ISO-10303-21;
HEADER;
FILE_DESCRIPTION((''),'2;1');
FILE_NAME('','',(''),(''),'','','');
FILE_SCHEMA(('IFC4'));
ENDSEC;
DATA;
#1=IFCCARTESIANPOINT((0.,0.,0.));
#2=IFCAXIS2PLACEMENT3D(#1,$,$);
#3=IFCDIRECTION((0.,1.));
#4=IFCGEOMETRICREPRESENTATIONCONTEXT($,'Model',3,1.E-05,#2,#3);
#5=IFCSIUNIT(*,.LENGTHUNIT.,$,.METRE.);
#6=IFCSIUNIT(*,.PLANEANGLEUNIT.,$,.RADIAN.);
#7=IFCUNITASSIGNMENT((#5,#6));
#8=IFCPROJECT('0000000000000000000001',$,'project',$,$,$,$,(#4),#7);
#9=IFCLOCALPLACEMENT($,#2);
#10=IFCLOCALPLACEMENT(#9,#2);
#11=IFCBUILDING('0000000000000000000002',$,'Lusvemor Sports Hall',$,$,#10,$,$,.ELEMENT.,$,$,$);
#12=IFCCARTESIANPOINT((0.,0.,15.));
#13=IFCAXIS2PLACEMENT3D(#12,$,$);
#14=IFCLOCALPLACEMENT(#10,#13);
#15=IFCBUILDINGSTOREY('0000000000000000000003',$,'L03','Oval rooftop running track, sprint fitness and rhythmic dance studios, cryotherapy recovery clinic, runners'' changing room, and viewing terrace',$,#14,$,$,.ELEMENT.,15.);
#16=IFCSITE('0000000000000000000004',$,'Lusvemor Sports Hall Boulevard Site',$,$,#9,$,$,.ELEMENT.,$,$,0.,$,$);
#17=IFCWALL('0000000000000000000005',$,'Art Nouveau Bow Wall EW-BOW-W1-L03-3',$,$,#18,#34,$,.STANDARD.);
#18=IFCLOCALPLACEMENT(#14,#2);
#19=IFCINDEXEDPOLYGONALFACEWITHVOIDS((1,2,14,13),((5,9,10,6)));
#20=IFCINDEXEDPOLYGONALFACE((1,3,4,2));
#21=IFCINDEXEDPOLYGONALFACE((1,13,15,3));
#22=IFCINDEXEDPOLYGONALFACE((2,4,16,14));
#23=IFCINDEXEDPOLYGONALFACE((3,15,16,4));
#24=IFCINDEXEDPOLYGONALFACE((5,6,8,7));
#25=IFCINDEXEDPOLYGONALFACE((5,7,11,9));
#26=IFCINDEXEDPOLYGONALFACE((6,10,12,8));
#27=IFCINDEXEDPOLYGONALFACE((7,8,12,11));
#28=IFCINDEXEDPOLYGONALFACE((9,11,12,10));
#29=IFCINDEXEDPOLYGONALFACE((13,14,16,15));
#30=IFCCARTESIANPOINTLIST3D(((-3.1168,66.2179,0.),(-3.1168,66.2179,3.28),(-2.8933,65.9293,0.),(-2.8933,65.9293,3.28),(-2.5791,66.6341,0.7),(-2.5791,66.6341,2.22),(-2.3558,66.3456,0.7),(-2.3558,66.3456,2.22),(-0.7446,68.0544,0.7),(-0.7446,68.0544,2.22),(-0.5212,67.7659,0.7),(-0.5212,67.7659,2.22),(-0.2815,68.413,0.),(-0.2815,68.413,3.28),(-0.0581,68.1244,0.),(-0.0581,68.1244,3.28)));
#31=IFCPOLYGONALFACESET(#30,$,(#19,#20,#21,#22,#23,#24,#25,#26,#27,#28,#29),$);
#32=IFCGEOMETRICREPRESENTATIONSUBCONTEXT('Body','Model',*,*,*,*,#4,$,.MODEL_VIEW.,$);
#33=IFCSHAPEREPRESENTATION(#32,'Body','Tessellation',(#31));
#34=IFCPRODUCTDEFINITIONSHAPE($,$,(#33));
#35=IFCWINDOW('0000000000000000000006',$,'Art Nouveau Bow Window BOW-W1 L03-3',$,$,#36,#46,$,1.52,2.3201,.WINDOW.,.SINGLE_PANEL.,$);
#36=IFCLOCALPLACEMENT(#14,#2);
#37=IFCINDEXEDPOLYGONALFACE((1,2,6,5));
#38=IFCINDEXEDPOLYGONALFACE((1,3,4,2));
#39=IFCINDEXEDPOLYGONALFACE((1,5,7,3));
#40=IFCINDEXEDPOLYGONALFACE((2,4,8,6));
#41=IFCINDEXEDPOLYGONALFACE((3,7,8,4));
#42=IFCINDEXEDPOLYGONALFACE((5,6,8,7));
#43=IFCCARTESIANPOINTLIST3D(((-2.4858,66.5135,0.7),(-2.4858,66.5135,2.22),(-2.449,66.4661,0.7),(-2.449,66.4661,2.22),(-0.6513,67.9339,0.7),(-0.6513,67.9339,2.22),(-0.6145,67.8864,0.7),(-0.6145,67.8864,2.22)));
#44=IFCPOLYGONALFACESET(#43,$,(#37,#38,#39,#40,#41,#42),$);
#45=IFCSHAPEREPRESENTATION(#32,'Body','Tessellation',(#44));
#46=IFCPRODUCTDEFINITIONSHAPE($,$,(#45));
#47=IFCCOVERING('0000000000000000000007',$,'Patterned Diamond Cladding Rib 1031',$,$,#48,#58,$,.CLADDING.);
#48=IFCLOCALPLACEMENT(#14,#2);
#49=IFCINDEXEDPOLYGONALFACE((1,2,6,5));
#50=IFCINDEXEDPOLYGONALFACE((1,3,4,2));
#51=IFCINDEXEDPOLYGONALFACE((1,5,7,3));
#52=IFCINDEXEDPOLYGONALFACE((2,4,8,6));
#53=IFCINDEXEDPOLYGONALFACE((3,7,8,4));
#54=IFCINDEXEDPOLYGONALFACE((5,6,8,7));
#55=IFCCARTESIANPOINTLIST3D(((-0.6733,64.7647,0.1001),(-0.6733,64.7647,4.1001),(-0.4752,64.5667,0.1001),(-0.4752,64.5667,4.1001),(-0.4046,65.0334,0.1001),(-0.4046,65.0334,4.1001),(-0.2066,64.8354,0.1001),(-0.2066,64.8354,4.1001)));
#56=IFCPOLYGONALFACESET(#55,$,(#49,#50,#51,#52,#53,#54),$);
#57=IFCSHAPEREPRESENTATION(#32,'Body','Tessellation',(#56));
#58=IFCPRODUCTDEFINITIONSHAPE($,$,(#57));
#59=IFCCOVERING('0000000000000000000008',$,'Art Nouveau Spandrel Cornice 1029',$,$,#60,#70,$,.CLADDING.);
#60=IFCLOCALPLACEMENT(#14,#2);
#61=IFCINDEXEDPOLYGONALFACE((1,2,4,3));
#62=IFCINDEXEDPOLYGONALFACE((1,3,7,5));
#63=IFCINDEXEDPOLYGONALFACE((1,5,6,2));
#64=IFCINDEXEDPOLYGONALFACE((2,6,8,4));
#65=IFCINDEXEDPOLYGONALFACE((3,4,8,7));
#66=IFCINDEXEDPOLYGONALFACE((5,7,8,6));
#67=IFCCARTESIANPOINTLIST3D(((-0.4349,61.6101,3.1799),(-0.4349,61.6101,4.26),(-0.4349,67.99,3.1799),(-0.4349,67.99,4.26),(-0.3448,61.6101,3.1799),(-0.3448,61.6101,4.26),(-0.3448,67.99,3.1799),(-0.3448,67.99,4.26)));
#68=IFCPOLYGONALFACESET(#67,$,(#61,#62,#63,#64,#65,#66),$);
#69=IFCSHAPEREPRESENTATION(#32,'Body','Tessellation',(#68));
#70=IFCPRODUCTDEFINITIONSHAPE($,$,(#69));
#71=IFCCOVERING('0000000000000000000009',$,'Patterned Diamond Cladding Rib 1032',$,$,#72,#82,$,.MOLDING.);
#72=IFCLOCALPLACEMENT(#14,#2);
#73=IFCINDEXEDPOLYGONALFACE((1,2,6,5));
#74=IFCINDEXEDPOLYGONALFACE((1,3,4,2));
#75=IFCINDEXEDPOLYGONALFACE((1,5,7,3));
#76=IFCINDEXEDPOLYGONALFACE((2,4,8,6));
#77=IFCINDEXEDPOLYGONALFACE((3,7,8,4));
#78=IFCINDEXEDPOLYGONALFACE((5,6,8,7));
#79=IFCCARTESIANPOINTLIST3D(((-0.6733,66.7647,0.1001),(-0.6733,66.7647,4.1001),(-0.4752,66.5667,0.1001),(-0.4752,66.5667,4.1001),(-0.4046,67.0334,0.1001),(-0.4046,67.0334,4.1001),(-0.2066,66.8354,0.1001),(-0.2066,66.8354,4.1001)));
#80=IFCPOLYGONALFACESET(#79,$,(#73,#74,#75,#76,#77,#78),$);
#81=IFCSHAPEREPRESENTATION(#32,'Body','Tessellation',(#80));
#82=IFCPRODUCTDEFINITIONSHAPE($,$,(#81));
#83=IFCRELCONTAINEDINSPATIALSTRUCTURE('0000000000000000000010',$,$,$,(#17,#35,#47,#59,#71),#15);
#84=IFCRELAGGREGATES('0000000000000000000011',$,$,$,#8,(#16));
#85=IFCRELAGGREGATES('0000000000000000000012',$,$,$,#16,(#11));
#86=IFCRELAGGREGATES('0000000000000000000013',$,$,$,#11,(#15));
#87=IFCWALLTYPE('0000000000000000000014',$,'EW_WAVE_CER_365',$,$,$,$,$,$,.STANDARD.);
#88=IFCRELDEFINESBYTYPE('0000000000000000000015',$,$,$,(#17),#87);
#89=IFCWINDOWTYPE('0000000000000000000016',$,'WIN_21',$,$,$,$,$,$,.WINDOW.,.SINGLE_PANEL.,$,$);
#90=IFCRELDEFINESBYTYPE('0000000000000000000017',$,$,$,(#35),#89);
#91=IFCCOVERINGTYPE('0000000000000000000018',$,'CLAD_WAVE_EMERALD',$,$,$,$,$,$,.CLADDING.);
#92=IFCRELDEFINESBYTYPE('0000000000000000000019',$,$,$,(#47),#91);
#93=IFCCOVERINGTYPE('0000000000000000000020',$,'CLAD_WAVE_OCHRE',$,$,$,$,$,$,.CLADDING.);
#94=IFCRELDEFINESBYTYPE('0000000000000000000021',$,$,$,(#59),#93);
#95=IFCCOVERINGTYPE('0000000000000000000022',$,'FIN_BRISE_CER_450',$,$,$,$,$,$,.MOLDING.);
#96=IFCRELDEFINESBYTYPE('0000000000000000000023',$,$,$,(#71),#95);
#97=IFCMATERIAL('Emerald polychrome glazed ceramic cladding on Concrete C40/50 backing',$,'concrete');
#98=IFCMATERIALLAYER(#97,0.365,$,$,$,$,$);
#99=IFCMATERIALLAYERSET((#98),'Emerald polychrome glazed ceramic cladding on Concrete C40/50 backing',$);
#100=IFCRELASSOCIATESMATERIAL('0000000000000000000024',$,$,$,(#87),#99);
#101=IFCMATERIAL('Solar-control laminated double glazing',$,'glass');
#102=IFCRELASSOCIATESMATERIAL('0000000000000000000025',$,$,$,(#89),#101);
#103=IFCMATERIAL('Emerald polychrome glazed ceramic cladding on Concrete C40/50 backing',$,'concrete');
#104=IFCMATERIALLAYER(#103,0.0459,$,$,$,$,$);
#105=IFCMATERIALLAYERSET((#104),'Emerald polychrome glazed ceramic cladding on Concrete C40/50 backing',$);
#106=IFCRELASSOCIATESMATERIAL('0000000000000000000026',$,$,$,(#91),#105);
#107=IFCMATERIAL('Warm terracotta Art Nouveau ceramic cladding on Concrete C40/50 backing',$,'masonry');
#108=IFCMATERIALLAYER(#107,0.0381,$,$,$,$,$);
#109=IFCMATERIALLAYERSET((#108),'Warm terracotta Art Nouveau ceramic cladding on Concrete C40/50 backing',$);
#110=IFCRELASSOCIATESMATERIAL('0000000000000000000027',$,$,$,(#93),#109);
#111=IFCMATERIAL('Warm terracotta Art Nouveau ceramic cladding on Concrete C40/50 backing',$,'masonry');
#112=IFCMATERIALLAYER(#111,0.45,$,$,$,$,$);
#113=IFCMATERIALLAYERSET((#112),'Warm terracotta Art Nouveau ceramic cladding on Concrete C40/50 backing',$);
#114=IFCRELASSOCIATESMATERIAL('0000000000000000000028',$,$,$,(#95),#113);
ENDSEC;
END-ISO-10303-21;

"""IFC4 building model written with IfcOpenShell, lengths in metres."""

from ifc_helpers import new_model, si_unit, direction, frame, frame_2d, origin, origin_2d, place, context, subcontext, project, spatial, rectangle, extrude, material, layer, layer_set, type_object, element, fill, save


model = new_model("IFC4")

# Units and contexts
model_context = context("Model", 3, precision=1e-05, world=origin(), true_north=direction((0.0, 1.0)))
body_context = subcontext(model_context, "Body", "Model", "MODEL_VIEW")
ifc_project = project(units=[si_unit("LENGTHUNIT", "METRE"), si_unit("PLANEANGLEUNIT", "RADIAN")], contexts=[model_context])

# Site, building, storey
site_placement = place(None, origin())
site = spatial("IfcSite", under=ifc_project, at=site_placement, Name="Lusvemor Sports Hall Boulevard Site", CompositionType="ELEMENT", RefElevation=0.0)
building_placement = place(site_placement, origin())
building = spatial("IfcBuilding", under=site, at=building_placement, Name="Lusvemor Sports Hall", CompositionType="ELEMENT")
storey_placement = place(building_placement, frame((0.0, 0.0, 15.0)))
storey = spatial("IfcBuildingStorey", under=building, at=storey_placement, Name="L03", Description="Oval rooftop running track, sprint fitness and rhythmic dance studios, cryotherapy recovery clinic, runners' changing room, and viewing terrace", CompositionType="ELEMENT", Elevation=15.0)

# Wall, opening, window
ifc_material_1 = material(Name="Emerald polychrome glazed ceramic cladding on Concrete C40/50 backing", Category="concrete")
ifc_layer_1 = layer(ifc_material_1, 0.365)
ifc_layer_set_1 = layer_set([ifc_layer_1], Name="Emerald polychrome glazed ceramic cladding on Concrete C40/50 backing")
wall_type = type_object("IfcWallType", Name="EW_WAVE_CER_365", PredefinedType="STANDARD", material=ifc_layer_set_1)
wall_placement = place(storey_placement, frame((-3.0051, 66.0735, 0.0), z_axis=(0.0, 0.0, 1.0), x_axis=(0.790714, 0.612186, 0.0)))
wall = element("IfcWall", 1, at=wall_placement, inside=storey, type_object=wall_type, Name="Art Nouveau Bow Wall EW-BOW-W1-L03-3", PredefinedType="STANDARD", context=body_context, shape_type="SweptSolid", body=[
    extrude(rectangle(XDim=3.5857, YDim=0.365, at=frame_2d((1.793, 0.0))), origin(), (0.0, 0.0, 1.0), 3.28),
])
opening_placement = place(wall_placement, frame((0.6799, 0.0, 0.7)))
opening = element("IfcOpeningElement", 2, at=opening_placement, cuts=wall, PredefinedType="OPENING", context=body_context, shape_type="SweptSolid", body=[
    extrude(rectangle(XDim=2.3201, YDim=1.52, at=frame_2d((1.1602, 0.76))), frame((0.0, 0.1826, 0.0), z_axis=(0.0, -1.0, 0.0), x_axis=(1.0, 0.0, 0.0)), (0.0, 0.0, 1.0), 0.365),
])
ifc_material_2 = material(Name="Solar-control laminated double glazing", Category="glass")
window_type = type_object("IfcWindowType", Name="WIN_21", PartitioningType="SINGLE_PANEL", PredefinedType="WINDOW", material=ifc_material_2)
window_placement = place(opening_placement, origin())
window = element("IfcWindow", 3, at=window_placement, inside=storey, type_object=window_type, Name="Art Nouveau Bow Window BOW-W1 L03-3", OverallHeight=1.52, OverallWidth=2.3201, PartitioningType="SINGLE_PANEL", PredefinedType="WINDOW", context=body_context, shape_type="SweptSolid", body=[
    extrude(rectangle(XDim=2.3201, YDim=1.52, at=frame_2d((1.1602, 0.76))), frame((0.0, 0.03, 0.0), z_axis=(0.0, -1.0, 0.0), x_axis=(1.0, 0.0, 0.0)), (0.0, 0.0, 1.0), 0.0601),
])
fill(opening, window)

# Coverings
ifc_material_3 = material(Name="Emerald polychrome glazed ceramic cladding on Concrete C40/50 backing", Category="concrete")
ifc_layer_2 = layer(ifc_material_3, 0.0459)
ifc_layer_set_2 = layer_set([ifc_layer_2], Name="Emerald polychrome glazed ceramic cladding on Concrete C40/50 backing")
covering_type_1 = type_object("IfcCoveringType", Name="CLAD_WAVE_EMERALD", PredefinedType="CLADDING", material=ifc_layer_set_2)
covering_1_placement = place(storey_placement, frame((-0.4399, 64.8, 0.1001), z_axis=(0.0, 0.0, 1.0), x_axis=(0.707107, 0.707107, 0.0)))
element("IfcCovering", 4, at=covering_1_placement, inside=storey, type_object=covering_type_1, Name="Patterned Diamond Cladding Rib 1031", PredefinedType="CLADDING", context=body_context, shape_type="SweptSolid", body=[
    extrude(rectangle(XDim=0.3799, YDim=0.28, at=origin_2d()), origin(), (0.0, 0.0, 1.0), 4.0),
])
ifc_material_4 = material(Name="Warm terracotta Art Nouveau ceramic cladding on Concrete C40/50 backing", Category="masonry")
ifc_layer_3 = layer(ifc_material_4, 0.0381)
ifc_layer_set_3 = layer_set([ifc_layer_3], Name="Warm terracotta Art Nouveau ceramic cladding on Concrete C40/50 backing")
covering_type_2 = type_object("IfcCoveringType", Name="CLAD_WAVE_OCHRE", PredefinedType="CLADDING", material=ifc_layer_set_3)
covering_2_placement = place(storey_placement, frame((-0.3899, 64.8, 3.1799), z_axis=(0.0, 0.0, 1.0), x_axis=(1.0, 0.0, 0.0)))
element("IfcCovering", 5, at=covering_2_placement, inside=storey, type_object=covering_type_2, Name="Art Nouveau Spandrel Cornice 1029", PredefinedType="CLADDING", context=body_context, shape_type="SweptSolid", body=[
    extrude(rectangle(XDim=0.0901, YDim=6.3799, at=origin_2d()), origin(), (0.0, 0.0, 1.0), 1.0801),
])
ifc_material_5 = material(Name="Warm terracotta Art Nouveau ceramic cladding on Concrete C40/50 backing", Category="masonry")
ifc_layer_4 = layer(ifc_material_5, 0.45)
ifc_layer_set_4 = layer_set([ifc_layer_4], Name="Warm terracotta Art Nouveau ceramic cladding on Concrete C40/50 backing")
covering_type_3 = type_object("IfcCoveringType", Name="FIN_BRISE_CER_450", PredefinedType="MOLDING", material=ifc_layer_set_4)
covering_3_placement = place(storey_placement, frame((-0.4399, 66.8, 0.1001), z_axis=(0.0, 0.0, 1.0), x_axis=(0.707107, 0.707107, 0.0)))
element("IfcCovering", 6, at=covering_3_placement, inside=storey, type_object=covering_type_3, Name="Patterned Diamond Cladding Rib 1032", PredefinedType="MOLDING", context=body_context, shape_type="SweptSolid", body=[
    extrude(rectangle(XDim=0.3799, YDim=0.28, at=origin_2d()), origin(), (0.0, 0.0, 1.0), 4.0),
])

save(model, "model.ifc")
